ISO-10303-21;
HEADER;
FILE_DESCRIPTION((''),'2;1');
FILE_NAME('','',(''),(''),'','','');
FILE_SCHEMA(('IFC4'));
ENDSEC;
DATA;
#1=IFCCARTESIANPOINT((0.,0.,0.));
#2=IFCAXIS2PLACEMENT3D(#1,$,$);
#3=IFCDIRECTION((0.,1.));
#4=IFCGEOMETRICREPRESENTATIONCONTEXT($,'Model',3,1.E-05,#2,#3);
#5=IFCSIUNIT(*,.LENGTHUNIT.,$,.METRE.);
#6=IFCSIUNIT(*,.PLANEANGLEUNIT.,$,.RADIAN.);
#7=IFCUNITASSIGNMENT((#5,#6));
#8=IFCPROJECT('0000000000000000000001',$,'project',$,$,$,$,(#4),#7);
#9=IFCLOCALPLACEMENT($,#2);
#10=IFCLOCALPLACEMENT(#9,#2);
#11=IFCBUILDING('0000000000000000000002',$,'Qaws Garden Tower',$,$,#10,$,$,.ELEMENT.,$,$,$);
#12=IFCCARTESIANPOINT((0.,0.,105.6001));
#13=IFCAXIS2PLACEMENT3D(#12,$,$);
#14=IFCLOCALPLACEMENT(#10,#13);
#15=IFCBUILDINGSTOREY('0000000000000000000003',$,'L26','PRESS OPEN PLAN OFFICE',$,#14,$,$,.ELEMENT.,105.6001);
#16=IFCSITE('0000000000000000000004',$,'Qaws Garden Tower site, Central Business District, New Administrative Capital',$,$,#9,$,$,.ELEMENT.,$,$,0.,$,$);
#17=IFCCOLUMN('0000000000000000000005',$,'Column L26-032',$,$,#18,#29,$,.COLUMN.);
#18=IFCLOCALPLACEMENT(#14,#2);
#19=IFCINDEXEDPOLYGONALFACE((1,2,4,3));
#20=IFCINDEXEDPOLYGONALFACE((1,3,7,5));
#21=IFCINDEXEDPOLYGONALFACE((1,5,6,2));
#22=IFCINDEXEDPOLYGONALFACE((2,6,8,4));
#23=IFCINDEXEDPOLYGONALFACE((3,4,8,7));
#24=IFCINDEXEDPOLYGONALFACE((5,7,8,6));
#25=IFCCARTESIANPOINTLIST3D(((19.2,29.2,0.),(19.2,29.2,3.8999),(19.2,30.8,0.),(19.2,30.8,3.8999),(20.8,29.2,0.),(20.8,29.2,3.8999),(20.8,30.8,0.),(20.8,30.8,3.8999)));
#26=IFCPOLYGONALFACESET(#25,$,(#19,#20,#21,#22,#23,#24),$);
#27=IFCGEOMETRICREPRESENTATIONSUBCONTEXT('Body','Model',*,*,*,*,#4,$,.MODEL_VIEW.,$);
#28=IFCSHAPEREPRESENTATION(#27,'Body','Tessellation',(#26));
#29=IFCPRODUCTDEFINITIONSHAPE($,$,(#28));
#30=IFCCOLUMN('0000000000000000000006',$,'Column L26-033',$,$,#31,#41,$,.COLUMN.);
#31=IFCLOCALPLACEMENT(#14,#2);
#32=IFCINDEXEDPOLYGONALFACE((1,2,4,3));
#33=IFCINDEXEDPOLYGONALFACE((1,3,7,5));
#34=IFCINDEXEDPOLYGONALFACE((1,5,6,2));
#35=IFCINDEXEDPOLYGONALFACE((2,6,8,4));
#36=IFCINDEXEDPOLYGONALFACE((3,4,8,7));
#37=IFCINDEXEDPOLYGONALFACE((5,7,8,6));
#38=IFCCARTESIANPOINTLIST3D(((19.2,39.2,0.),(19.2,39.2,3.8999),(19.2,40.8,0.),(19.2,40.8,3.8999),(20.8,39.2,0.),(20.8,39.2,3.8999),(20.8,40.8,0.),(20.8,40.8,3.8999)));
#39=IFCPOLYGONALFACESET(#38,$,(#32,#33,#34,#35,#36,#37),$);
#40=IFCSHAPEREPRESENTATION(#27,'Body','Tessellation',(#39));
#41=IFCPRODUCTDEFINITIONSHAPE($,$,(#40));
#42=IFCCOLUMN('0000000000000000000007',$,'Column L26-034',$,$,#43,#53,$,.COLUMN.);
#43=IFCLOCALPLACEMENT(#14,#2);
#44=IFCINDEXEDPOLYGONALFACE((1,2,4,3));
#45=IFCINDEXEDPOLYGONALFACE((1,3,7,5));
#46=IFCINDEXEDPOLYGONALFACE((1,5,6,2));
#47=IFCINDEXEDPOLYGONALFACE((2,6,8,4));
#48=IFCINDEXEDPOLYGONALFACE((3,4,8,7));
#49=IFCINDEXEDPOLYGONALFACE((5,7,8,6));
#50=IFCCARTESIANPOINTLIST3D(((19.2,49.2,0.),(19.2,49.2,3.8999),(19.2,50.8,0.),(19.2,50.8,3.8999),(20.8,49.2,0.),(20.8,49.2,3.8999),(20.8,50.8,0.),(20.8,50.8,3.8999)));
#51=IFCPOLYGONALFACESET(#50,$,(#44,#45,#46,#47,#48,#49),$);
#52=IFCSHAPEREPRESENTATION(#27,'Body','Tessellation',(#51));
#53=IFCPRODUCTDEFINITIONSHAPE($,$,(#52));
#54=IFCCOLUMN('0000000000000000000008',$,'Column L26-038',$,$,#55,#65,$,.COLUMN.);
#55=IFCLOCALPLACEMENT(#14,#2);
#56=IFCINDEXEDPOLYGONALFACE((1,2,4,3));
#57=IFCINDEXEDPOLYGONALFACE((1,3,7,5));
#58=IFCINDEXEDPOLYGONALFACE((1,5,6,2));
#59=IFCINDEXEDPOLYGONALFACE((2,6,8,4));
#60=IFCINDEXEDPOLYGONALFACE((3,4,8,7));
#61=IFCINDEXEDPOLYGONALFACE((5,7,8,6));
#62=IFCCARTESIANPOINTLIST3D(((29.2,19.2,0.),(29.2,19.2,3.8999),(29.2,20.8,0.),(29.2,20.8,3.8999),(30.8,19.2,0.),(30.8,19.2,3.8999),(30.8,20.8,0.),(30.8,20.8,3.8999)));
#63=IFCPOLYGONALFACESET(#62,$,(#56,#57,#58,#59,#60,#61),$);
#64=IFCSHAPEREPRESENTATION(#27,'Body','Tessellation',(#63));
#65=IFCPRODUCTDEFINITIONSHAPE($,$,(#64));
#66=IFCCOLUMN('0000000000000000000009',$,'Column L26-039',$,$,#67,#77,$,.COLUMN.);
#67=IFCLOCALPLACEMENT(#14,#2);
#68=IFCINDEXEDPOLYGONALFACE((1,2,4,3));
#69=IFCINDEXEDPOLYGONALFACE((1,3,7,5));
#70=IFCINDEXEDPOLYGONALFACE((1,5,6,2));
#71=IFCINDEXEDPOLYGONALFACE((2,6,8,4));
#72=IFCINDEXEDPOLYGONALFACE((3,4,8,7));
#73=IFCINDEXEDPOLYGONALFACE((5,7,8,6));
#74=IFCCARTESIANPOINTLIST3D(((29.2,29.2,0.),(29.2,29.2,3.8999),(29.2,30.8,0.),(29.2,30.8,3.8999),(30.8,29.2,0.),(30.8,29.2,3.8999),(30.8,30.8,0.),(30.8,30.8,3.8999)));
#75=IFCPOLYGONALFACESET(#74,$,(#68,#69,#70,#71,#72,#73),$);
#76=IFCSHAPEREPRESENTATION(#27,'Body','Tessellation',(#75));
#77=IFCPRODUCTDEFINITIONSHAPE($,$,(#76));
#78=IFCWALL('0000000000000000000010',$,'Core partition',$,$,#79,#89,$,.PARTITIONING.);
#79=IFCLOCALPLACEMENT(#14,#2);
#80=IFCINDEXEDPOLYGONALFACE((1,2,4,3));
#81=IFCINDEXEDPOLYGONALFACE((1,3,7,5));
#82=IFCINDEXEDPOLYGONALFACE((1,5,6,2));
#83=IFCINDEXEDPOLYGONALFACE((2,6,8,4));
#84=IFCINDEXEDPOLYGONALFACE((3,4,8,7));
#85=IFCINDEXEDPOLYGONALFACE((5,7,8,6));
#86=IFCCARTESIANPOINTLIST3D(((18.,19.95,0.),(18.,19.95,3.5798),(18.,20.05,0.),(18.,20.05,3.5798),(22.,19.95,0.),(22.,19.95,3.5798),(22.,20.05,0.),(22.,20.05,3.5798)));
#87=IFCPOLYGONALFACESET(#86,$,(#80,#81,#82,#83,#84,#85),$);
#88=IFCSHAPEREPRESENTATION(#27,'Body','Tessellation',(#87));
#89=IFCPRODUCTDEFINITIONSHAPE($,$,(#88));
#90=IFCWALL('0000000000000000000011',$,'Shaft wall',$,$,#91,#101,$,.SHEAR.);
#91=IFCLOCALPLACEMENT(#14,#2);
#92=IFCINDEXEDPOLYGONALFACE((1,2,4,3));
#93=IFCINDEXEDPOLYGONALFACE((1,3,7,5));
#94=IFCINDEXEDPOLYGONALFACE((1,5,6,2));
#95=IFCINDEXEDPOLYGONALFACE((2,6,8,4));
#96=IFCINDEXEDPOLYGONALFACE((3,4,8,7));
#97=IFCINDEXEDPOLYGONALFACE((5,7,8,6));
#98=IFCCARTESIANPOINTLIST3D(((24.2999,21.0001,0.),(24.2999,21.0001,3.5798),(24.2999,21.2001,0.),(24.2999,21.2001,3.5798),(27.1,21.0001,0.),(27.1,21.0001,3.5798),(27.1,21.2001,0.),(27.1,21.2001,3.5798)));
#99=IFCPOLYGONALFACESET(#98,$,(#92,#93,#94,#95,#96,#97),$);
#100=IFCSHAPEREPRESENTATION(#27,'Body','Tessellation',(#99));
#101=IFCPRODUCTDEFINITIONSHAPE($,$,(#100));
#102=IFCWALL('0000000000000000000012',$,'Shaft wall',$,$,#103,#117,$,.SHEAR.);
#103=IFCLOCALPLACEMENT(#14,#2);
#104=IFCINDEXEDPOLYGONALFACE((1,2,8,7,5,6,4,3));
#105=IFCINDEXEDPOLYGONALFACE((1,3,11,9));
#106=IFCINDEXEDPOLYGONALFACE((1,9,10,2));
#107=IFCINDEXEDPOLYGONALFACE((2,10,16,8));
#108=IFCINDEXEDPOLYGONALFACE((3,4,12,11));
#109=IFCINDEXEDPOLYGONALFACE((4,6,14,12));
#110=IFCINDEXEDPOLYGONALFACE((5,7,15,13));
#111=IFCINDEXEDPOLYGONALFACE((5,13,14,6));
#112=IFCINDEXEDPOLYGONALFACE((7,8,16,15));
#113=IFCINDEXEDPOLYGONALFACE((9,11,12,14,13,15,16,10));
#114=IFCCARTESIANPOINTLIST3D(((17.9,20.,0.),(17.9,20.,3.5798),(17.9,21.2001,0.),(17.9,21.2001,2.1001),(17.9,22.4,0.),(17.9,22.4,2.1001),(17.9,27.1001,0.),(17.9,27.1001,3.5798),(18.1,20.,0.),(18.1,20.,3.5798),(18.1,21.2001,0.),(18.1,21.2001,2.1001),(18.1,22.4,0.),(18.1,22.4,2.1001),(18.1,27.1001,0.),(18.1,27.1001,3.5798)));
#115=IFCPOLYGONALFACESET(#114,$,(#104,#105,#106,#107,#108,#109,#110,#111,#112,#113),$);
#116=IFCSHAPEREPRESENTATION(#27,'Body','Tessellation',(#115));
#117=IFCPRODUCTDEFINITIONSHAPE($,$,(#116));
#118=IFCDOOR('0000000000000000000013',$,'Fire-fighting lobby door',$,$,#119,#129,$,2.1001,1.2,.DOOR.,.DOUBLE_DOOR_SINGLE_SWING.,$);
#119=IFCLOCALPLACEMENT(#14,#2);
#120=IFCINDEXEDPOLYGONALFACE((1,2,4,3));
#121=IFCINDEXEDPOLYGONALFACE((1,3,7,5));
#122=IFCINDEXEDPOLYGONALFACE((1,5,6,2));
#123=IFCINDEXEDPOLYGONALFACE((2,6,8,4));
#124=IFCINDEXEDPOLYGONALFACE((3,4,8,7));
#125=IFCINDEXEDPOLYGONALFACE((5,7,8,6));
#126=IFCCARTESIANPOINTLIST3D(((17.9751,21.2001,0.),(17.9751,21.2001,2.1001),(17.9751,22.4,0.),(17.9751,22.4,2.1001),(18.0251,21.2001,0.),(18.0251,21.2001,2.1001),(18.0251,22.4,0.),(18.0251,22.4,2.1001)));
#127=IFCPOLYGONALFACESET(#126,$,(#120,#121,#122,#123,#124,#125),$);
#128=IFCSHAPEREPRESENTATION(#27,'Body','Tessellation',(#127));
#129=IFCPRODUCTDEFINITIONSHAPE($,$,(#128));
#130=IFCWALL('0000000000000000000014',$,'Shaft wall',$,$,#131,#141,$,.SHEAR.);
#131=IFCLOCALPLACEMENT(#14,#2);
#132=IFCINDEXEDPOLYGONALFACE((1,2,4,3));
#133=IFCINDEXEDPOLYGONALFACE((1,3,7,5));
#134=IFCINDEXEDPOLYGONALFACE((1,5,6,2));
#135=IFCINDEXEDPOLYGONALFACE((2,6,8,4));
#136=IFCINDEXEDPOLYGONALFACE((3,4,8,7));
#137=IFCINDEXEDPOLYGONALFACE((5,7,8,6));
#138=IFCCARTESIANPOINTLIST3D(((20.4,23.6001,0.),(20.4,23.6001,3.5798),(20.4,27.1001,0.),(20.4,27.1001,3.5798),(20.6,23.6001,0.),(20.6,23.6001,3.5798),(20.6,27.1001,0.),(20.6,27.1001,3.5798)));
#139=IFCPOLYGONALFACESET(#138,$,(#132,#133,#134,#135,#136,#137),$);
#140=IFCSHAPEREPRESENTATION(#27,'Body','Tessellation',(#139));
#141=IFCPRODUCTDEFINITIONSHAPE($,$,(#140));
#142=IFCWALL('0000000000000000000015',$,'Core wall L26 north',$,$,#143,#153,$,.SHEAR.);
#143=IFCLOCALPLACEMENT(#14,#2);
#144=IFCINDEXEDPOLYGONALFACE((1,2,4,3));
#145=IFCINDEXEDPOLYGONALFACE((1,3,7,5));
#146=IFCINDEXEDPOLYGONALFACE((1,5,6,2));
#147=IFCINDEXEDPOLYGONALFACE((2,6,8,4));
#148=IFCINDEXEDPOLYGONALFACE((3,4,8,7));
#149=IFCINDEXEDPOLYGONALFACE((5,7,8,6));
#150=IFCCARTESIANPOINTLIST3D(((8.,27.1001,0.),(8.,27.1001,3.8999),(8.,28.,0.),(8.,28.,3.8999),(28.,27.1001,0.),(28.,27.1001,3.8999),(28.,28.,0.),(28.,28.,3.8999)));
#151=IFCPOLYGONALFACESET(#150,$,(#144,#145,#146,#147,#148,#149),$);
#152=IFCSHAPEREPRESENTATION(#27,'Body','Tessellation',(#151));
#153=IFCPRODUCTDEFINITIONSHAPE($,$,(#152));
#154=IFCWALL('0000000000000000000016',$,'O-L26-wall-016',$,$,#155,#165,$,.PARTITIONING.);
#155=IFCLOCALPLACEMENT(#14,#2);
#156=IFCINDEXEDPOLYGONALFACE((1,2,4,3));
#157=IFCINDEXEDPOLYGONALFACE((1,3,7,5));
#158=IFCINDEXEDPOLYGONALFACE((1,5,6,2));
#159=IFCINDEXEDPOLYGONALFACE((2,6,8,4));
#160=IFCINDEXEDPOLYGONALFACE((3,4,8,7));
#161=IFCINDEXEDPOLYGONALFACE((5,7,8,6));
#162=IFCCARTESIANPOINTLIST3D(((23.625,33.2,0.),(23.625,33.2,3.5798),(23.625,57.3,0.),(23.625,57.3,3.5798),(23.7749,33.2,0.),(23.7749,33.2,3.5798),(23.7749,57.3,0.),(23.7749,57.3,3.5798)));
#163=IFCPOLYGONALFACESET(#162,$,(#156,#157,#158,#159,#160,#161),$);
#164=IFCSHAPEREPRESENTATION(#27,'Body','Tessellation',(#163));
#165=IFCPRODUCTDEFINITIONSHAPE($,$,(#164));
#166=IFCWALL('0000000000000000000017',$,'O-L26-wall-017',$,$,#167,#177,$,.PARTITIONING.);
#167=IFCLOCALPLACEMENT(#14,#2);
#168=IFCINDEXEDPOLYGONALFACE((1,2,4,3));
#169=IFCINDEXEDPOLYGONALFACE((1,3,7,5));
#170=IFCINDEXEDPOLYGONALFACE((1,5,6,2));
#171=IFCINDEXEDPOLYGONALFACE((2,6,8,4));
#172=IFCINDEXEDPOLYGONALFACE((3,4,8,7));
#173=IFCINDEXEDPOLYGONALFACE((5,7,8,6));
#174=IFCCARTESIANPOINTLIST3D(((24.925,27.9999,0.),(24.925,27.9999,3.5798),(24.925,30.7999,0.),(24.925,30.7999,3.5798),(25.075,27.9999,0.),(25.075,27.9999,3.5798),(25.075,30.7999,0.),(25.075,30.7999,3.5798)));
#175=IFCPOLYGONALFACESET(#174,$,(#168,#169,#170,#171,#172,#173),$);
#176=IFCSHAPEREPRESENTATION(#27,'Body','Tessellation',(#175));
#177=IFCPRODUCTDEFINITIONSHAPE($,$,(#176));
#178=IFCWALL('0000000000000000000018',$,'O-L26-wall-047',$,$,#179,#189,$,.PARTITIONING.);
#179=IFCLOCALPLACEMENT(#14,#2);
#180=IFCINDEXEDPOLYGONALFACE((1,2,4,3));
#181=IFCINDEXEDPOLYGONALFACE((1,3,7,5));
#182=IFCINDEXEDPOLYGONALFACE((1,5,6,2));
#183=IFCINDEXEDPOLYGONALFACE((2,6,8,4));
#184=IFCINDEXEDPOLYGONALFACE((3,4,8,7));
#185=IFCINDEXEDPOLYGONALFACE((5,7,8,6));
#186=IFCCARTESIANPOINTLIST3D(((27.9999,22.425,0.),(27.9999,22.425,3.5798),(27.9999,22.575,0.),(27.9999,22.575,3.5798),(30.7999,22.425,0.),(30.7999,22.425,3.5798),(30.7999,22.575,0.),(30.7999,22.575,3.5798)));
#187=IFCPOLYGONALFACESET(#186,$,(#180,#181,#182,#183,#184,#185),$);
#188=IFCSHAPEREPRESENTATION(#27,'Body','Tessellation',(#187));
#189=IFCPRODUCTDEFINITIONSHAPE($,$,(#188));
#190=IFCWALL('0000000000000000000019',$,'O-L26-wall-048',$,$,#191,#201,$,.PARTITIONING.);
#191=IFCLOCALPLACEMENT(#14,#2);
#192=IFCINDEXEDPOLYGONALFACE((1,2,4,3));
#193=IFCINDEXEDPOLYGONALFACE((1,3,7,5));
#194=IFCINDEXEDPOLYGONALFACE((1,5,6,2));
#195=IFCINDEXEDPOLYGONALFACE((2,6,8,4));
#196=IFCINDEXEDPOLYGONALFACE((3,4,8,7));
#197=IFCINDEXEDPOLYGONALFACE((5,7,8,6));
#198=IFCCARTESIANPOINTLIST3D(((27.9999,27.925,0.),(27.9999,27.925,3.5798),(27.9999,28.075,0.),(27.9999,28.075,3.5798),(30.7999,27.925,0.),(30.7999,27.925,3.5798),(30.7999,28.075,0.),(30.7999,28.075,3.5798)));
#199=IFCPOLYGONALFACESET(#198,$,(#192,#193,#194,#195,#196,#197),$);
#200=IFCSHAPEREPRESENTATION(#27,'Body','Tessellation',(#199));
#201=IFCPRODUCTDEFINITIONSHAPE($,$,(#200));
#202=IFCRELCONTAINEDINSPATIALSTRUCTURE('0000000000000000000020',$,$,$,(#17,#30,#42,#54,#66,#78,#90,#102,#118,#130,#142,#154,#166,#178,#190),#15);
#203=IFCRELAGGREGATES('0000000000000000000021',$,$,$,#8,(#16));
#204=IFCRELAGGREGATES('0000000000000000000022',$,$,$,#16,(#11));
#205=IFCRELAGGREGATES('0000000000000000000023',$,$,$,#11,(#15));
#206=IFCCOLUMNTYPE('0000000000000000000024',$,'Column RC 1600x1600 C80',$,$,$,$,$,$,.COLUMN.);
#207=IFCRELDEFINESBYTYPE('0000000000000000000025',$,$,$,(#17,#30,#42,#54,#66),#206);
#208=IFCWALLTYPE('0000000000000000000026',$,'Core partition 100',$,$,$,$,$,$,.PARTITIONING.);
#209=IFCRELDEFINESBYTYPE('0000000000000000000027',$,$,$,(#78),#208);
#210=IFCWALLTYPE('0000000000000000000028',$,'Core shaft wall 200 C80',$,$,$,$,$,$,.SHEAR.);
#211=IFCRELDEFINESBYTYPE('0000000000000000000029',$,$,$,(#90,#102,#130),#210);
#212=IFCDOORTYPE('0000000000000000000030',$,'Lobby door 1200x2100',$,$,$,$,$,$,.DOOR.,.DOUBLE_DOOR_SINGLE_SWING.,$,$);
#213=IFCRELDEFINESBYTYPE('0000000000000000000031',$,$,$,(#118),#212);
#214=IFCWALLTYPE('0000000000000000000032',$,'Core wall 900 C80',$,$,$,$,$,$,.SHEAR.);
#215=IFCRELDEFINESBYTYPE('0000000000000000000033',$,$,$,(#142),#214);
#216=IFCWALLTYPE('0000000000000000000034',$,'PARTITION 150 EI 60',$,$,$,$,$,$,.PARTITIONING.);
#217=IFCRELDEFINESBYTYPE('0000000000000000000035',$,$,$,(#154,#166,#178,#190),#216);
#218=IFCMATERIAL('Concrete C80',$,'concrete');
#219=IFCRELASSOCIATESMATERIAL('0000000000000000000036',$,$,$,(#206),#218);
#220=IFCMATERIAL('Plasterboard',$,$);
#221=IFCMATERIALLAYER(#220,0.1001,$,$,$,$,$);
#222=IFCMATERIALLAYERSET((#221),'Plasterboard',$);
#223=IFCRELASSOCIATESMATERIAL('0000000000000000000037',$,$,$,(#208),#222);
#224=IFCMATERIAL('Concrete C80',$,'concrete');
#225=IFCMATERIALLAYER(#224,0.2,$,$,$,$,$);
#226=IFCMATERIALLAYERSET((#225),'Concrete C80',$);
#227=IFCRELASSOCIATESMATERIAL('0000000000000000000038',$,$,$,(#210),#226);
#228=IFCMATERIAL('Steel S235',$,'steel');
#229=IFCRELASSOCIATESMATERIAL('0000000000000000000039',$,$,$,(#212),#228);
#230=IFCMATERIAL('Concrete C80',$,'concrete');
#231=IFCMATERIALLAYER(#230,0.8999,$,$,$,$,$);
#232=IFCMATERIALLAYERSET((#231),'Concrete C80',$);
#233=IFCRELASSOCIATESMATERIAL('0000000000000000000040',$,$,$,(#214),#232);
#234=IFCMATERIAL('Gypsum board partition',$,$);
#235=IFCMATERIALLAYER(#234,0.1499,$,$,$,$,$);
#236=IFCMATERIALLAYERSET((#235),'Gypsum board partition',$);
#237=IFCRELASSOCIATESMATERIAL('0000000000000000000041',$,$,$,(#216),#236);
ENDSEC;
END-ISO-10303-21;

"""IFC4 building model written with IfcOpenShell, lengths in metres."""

from ifc_helpers import new_model, si_unit, direction, frame, frame_2d, origin, origin_2d, place, context, subcontext, project, spatial, rectangle, extrude, material, layer, layer_set, material_profile, profile_set, type_object, element, fill, save


model = new_model("IFC4")

# Units and contexts
model_context = context("Model", 3, precision=1e-05, world=origin(), true_north=direction((0.0, 1.0)))
body_context = subcontext(model_context, "Body", "Model", "MODEL_VIEW")
ifc_project = project(units=[si_unit("LENGTHUNIT", "METRE"), si_unit("PLANEANGLEUNIT", "RADIAN")], contexts=[model_context])

# Site, building, storey
site_placement = place(None, origin())
site = spatial("IfcSite", under=ifc_project, at=site_placement, Name="Qaws Garden Tower site, Central Business District, New Administrative Capital", CompositionType="ELEMENT", RefElevation=0.0)
building_placement = place(site_placement, origin())
building = spatial("IfcBuilding", under=site, at=building_placement, Name="Qaws Garden Tower", CompositionType="ELEMENT")
storey_placement = place(building_placement, frame((0.0, 0.0, 105.6001)))
storey = spatial("IfcBuildingStorey", under=building, at=storey_placement, Name="L26", Description="PRESS OPEN PLAN OFFICE", CompositionType="ELEMENT", Elevation=105.6001)

# Columns
ifc_material_1 = material(Name="Concrete C80", Category="concrete")
ifc_material_profile = material_profile(ifc_material_1, rectangle(XDim=1.6001, YDim=1.6001, at=origin_2d()), Name="RC 1600x1600")
ifc_profile_set = profile_set([ifc_material_profile], Name="Concrete C80")
column_type = type_object("IfcColumnType", Name="Column RC 1600x1600 C80", PredefinedType="COLUMN", material=ifc_profile_set)
for number, where, z_axis, x_axis, name in (
    (1, (20.0, 30.0, 0.0), (0.0, 0.0, 1.0), (1.0, 0.0, 0.0), "Column L26-032"),
    (2, (20.0, 40.0, 0.0), (0.0, 0.0, 1.0), (1.0, 0.0, 0.0), "Column L26-033"),
    (3, (20.0, 50.0, 0.0), (0.0, 0.0, 1.0), (1.0, 0.0, 0.0), "Column L26-034"),
    (4, (30.0, 20.0, 0.0), (0.0, 0.0, 1.0), (1.0, 0.0, 0.0), "Column L26-038"),
    (5, (30.0, 30.0, 0.0), (0.0, 0.0, 1.0), (1.0, 0.0, 0.0), "Column L26-039"),
):
    element("IfcColumn", number, at=place(storey_placement, frame(where, z_axis=z_axis, x_axis=x_axis)), inside=storey, type_object=column_type, Name=name, PredefinedType="COLUMN", context=body_context, shape_type="SweptSolid", body=[
        extrude(rectangle(XDim=1.6001, YDim=1.6001, at=origin_2d()), origin(), (0.0, 0.0, 1.0), 3.8999),
    ])

# Walls
ifc_material_2 = material(Name="Plasterboard")
ifc_layer_1 = layer(ifc_material_2, 0.1001)
ifc_layer_set_1 = layer_set([ifc_layer_1], Name="Plasterboard")
wall_type_1 = type_object("IfcWallType", Name="Core partition 100", PredefinedType="PARTITIONING", material=ifc_layer_set_1)
wall_1_placement = place(storey_placement, frame((18.0, 20.0, 0.0), z_axis=(0.0, 0.0, 1.0), x_axis=(1.0, 0.0, 0.0)))
element("IfcWall", 6, at=wall_1_placement, inside=storey, type_object=wall_type_1, Name="Core partition", PredefinedType="PARTITIONING", context=body_context, shape_type="SweptSolid", body=[
    extrude(rectangle(XDim=4.0, YDim=0.1001, at=frame_2d((2.0, 0.0))), origin(), (0.0, 0.0, 1.0), 3.5798),
])
ifc_material_3 = material(Name="Concrete C80", Category="concrete")
ifc_layer_2 = layer(ifc_material_3, 0.2)
ifc_layer_set_2 = layer_set([ifc_layer_2], Name="Concrete C80")
wall_type_2 = type_object("IfcWallType", Name="Core shaft wall 200 C80", PredefinedType="SHEAR", material=ifc_layer_set_2)
wall_2_placement = place(storey_placement, frame((24.3, 21.1001, 0.0), z_axis=(0.0, 0.0, 1.0), x_axis=(1.0, 0.0, 0.0)))
element("IfcWall", 7, at=wall_2_placement, inside=storey, type_object=wall_type_2, Name="Shaft wall", PredefinedType="SHEAR", context=body_context, shape_type="SweptSolid", body=[
    extrude(rectangle(XDim=2.8, YDim=0.2, at=frame_2d((1.3999, 0.0))), origin(), (0.0, 0.0, 1.0), 3.5798),
])

# Wall, opening, door
wall_3_placement = place(storey_placement, frame((18.0, 20.0, 0.0), z_axis=(0.0, 0.0, 1.0), x_axis=(0.0, 1.0, 0.0)))
wall_3 = element("IfcWall", 8, at=wall_3_placement, inside=storey, type_object=wall_type_2, Name="Shaft wall", PredefinedType="SHEAR", context=body_context, shape_type="SweptSolid", body=[
    extrude(rectangle(XDim=7.1001, YDim=0.2, at=frame_2d((3.55, 0.0))), origin(), (0.0, 0.0, 1.0), 3.5798),
])
opening_1_placement = place(wall_3_placement, frame((1.2, 0.0, 0.0)))
opening_1 = element("IfcOpeningElement", 9, at=opening_1_placement, cuts=wall_3, PredefinedType="OPENING", context=body_context, shape_type="SweptSolid", body=[
    extrude(rectangle(XDim=1.2, YDim=2.1001, at=frame_2d((0.6001, 1.05))), frame((0.0, 0.1099, 0.0), z_axis=(0.0, -1.0, 0.0), x_axis=(1.0, 0.0, 0.0)), (0.0, 0.0, 1.0), 0.22),
])
ifc_material_4 = material(Name="Steel S235", Category="steel")
door_type_1 = type_object("IfcDoorType", Name="Lobby door 1200x2100", OperationType="DOUBLE_DOOR_SINGLE_SWING", PredefinedType="DOOR", material=ifc_material_4)
door_1_placement = place(opening_1_placement, origin())
door_1 = element("IfcDoor", 10, at=door_1_placement, inside=storey, type_object=door_type_1, Name="Fire-fighting lobby door", OperationType="DOUBLE_DOOR_SINGLE_SWING", OverallHeight=2.1001, OverallWidth=1.2, PredefinedType="DOOR", context=body_context, shape_type="SweptSolid", body=[
    extrude(rectangle(XDim=1.2, YDim=2.1001, at=frame_2d((0.6001, 1.05))), frame((0.0, 0.0249, 0.0), z_axis=(0.0, -1.0, 0.0), x_axis=(1.0, 0.0, 0.0)), (0.0, 0.0, 1.0), 0.05),
])
fill(opening_1, door_1)

# Walls
wall_4_placement = place(storey_placement, frame((20.5, 23.6001, 0.0), z_axis=(0.0, 0.0, 1.0), x_axis=(0.0, 1.0, 0.0)))
element("IfcWall", 11, at=wall_4_placement, inside=storey, type_object=wall_type_2, Name="Shaft wall", PredefinedType="SHEAR", context=body_context, shape_type="SweptSolid", body=[
    extrude(rectangle(XDim=3.5, YDim=0.2, at=frame_2d((1.75, 0.0))), origin(), (0.0, 0.0, 1.0), 3.5798),
])
ifc_material_5 = material(Name="Concrete C80", Category="concrete")
ifc_layer_3 = layer(ifc_material_5, 0.8999)
ifc_layer_set_3 = layer_set([ifc_layer_3], Name="Concrete C80")
wall_type_3 = type_object("IfcWallType", Name="Core wall 900 C80", PredefinedType="SHEAR", material=ifc_layer_set_3)
wall_5_placement = place(storey_placement, frame((28.0, 27.55, 0.0), z_axis=(0.0, 0.0, 1.0), x_axis=(-1.0, 0.0, 0.0)))
element("IfcWall", 12, at=wall_5_placement, inside=storey, type_object=wall_type_3, Name="Core wall L26 north", PredefinedType="SHEAR", context=body_context, shape_type="SweptSolid", body=[
    extrude(rectangle(XDim=20.0, YDim=0.8999, at=frame_2d((10.0, 0.0))), origin(), (0.0, 0.0, 1.0), 3.8999),
])
ifc_material_6 = material(Name="Gypsum board partition")
ifc_layer_4 = layer(ifc_material_6, 0.1499)
ifc_layer_set_4 = layer_set([ifc_layer_4], Name="Gypsum board partition")
wall_type_4 = type_object("IfcWallType", Name="PARTITION 150 EI 60", PredefinedType="PARTITIONING", material=ifc_layer_set_4)
wall_6_placement = place(storey_placement, frame((23.7, 33.2, 0.0), z_axis=(0.0, 0.0, 1.0), x_axis=(0.0, 1.0, 0.0)))
element("IfcWall", 13, at=wall_6_placement, inside=storey, type_object=wall_type_4, Name="O-L26-wall-016", PredefinedType="PARTITIONING", context=body_context, shape_type="SweptSolid", body=[
    extrude(rectangle(XDim=24.1001, YDim=0.1499, at=frame_2d((12.05, 0.0))), origin(), (0.0, 0.0, 1.0), 3.5798),
])
for number, where, z_axis, x_axis, name in (
    (14, (25.0, 28.0, 0.0), (0.0, 0.0, 1.0), (0.0, 1.0, 0.0), "O-L26-wall-017"),
    (15, (28.0, 22.5, 0.0), (0.0, 0.0, 1.0), (1.0, 0.0, 0.0), "O-L26-wall-047"),
    (16, (28.0, 28.0, 0.0), (0.0, 0.0, 1.0), (1.0, 0.0, 0.0), "O-L26-wall-048"),
):
    element("IfcWall", number, at=place(storey_placement, frame(where, z_axis=z_axis, x_axis=x_axis)), inside=storey, type_object=wall_type_4, Name=name, PredefinedType="PARTITIONING", context=body_context, shape_type="SweptSolid", body=[
        extrude(rectangle(XDim=2.8, YDim=0.1499, at=frame_2d((1.3999, 0.0))), origin(), (0.0, 0.0, 1.0), 3.5798),
    ])

save(model, "model.ifc")
